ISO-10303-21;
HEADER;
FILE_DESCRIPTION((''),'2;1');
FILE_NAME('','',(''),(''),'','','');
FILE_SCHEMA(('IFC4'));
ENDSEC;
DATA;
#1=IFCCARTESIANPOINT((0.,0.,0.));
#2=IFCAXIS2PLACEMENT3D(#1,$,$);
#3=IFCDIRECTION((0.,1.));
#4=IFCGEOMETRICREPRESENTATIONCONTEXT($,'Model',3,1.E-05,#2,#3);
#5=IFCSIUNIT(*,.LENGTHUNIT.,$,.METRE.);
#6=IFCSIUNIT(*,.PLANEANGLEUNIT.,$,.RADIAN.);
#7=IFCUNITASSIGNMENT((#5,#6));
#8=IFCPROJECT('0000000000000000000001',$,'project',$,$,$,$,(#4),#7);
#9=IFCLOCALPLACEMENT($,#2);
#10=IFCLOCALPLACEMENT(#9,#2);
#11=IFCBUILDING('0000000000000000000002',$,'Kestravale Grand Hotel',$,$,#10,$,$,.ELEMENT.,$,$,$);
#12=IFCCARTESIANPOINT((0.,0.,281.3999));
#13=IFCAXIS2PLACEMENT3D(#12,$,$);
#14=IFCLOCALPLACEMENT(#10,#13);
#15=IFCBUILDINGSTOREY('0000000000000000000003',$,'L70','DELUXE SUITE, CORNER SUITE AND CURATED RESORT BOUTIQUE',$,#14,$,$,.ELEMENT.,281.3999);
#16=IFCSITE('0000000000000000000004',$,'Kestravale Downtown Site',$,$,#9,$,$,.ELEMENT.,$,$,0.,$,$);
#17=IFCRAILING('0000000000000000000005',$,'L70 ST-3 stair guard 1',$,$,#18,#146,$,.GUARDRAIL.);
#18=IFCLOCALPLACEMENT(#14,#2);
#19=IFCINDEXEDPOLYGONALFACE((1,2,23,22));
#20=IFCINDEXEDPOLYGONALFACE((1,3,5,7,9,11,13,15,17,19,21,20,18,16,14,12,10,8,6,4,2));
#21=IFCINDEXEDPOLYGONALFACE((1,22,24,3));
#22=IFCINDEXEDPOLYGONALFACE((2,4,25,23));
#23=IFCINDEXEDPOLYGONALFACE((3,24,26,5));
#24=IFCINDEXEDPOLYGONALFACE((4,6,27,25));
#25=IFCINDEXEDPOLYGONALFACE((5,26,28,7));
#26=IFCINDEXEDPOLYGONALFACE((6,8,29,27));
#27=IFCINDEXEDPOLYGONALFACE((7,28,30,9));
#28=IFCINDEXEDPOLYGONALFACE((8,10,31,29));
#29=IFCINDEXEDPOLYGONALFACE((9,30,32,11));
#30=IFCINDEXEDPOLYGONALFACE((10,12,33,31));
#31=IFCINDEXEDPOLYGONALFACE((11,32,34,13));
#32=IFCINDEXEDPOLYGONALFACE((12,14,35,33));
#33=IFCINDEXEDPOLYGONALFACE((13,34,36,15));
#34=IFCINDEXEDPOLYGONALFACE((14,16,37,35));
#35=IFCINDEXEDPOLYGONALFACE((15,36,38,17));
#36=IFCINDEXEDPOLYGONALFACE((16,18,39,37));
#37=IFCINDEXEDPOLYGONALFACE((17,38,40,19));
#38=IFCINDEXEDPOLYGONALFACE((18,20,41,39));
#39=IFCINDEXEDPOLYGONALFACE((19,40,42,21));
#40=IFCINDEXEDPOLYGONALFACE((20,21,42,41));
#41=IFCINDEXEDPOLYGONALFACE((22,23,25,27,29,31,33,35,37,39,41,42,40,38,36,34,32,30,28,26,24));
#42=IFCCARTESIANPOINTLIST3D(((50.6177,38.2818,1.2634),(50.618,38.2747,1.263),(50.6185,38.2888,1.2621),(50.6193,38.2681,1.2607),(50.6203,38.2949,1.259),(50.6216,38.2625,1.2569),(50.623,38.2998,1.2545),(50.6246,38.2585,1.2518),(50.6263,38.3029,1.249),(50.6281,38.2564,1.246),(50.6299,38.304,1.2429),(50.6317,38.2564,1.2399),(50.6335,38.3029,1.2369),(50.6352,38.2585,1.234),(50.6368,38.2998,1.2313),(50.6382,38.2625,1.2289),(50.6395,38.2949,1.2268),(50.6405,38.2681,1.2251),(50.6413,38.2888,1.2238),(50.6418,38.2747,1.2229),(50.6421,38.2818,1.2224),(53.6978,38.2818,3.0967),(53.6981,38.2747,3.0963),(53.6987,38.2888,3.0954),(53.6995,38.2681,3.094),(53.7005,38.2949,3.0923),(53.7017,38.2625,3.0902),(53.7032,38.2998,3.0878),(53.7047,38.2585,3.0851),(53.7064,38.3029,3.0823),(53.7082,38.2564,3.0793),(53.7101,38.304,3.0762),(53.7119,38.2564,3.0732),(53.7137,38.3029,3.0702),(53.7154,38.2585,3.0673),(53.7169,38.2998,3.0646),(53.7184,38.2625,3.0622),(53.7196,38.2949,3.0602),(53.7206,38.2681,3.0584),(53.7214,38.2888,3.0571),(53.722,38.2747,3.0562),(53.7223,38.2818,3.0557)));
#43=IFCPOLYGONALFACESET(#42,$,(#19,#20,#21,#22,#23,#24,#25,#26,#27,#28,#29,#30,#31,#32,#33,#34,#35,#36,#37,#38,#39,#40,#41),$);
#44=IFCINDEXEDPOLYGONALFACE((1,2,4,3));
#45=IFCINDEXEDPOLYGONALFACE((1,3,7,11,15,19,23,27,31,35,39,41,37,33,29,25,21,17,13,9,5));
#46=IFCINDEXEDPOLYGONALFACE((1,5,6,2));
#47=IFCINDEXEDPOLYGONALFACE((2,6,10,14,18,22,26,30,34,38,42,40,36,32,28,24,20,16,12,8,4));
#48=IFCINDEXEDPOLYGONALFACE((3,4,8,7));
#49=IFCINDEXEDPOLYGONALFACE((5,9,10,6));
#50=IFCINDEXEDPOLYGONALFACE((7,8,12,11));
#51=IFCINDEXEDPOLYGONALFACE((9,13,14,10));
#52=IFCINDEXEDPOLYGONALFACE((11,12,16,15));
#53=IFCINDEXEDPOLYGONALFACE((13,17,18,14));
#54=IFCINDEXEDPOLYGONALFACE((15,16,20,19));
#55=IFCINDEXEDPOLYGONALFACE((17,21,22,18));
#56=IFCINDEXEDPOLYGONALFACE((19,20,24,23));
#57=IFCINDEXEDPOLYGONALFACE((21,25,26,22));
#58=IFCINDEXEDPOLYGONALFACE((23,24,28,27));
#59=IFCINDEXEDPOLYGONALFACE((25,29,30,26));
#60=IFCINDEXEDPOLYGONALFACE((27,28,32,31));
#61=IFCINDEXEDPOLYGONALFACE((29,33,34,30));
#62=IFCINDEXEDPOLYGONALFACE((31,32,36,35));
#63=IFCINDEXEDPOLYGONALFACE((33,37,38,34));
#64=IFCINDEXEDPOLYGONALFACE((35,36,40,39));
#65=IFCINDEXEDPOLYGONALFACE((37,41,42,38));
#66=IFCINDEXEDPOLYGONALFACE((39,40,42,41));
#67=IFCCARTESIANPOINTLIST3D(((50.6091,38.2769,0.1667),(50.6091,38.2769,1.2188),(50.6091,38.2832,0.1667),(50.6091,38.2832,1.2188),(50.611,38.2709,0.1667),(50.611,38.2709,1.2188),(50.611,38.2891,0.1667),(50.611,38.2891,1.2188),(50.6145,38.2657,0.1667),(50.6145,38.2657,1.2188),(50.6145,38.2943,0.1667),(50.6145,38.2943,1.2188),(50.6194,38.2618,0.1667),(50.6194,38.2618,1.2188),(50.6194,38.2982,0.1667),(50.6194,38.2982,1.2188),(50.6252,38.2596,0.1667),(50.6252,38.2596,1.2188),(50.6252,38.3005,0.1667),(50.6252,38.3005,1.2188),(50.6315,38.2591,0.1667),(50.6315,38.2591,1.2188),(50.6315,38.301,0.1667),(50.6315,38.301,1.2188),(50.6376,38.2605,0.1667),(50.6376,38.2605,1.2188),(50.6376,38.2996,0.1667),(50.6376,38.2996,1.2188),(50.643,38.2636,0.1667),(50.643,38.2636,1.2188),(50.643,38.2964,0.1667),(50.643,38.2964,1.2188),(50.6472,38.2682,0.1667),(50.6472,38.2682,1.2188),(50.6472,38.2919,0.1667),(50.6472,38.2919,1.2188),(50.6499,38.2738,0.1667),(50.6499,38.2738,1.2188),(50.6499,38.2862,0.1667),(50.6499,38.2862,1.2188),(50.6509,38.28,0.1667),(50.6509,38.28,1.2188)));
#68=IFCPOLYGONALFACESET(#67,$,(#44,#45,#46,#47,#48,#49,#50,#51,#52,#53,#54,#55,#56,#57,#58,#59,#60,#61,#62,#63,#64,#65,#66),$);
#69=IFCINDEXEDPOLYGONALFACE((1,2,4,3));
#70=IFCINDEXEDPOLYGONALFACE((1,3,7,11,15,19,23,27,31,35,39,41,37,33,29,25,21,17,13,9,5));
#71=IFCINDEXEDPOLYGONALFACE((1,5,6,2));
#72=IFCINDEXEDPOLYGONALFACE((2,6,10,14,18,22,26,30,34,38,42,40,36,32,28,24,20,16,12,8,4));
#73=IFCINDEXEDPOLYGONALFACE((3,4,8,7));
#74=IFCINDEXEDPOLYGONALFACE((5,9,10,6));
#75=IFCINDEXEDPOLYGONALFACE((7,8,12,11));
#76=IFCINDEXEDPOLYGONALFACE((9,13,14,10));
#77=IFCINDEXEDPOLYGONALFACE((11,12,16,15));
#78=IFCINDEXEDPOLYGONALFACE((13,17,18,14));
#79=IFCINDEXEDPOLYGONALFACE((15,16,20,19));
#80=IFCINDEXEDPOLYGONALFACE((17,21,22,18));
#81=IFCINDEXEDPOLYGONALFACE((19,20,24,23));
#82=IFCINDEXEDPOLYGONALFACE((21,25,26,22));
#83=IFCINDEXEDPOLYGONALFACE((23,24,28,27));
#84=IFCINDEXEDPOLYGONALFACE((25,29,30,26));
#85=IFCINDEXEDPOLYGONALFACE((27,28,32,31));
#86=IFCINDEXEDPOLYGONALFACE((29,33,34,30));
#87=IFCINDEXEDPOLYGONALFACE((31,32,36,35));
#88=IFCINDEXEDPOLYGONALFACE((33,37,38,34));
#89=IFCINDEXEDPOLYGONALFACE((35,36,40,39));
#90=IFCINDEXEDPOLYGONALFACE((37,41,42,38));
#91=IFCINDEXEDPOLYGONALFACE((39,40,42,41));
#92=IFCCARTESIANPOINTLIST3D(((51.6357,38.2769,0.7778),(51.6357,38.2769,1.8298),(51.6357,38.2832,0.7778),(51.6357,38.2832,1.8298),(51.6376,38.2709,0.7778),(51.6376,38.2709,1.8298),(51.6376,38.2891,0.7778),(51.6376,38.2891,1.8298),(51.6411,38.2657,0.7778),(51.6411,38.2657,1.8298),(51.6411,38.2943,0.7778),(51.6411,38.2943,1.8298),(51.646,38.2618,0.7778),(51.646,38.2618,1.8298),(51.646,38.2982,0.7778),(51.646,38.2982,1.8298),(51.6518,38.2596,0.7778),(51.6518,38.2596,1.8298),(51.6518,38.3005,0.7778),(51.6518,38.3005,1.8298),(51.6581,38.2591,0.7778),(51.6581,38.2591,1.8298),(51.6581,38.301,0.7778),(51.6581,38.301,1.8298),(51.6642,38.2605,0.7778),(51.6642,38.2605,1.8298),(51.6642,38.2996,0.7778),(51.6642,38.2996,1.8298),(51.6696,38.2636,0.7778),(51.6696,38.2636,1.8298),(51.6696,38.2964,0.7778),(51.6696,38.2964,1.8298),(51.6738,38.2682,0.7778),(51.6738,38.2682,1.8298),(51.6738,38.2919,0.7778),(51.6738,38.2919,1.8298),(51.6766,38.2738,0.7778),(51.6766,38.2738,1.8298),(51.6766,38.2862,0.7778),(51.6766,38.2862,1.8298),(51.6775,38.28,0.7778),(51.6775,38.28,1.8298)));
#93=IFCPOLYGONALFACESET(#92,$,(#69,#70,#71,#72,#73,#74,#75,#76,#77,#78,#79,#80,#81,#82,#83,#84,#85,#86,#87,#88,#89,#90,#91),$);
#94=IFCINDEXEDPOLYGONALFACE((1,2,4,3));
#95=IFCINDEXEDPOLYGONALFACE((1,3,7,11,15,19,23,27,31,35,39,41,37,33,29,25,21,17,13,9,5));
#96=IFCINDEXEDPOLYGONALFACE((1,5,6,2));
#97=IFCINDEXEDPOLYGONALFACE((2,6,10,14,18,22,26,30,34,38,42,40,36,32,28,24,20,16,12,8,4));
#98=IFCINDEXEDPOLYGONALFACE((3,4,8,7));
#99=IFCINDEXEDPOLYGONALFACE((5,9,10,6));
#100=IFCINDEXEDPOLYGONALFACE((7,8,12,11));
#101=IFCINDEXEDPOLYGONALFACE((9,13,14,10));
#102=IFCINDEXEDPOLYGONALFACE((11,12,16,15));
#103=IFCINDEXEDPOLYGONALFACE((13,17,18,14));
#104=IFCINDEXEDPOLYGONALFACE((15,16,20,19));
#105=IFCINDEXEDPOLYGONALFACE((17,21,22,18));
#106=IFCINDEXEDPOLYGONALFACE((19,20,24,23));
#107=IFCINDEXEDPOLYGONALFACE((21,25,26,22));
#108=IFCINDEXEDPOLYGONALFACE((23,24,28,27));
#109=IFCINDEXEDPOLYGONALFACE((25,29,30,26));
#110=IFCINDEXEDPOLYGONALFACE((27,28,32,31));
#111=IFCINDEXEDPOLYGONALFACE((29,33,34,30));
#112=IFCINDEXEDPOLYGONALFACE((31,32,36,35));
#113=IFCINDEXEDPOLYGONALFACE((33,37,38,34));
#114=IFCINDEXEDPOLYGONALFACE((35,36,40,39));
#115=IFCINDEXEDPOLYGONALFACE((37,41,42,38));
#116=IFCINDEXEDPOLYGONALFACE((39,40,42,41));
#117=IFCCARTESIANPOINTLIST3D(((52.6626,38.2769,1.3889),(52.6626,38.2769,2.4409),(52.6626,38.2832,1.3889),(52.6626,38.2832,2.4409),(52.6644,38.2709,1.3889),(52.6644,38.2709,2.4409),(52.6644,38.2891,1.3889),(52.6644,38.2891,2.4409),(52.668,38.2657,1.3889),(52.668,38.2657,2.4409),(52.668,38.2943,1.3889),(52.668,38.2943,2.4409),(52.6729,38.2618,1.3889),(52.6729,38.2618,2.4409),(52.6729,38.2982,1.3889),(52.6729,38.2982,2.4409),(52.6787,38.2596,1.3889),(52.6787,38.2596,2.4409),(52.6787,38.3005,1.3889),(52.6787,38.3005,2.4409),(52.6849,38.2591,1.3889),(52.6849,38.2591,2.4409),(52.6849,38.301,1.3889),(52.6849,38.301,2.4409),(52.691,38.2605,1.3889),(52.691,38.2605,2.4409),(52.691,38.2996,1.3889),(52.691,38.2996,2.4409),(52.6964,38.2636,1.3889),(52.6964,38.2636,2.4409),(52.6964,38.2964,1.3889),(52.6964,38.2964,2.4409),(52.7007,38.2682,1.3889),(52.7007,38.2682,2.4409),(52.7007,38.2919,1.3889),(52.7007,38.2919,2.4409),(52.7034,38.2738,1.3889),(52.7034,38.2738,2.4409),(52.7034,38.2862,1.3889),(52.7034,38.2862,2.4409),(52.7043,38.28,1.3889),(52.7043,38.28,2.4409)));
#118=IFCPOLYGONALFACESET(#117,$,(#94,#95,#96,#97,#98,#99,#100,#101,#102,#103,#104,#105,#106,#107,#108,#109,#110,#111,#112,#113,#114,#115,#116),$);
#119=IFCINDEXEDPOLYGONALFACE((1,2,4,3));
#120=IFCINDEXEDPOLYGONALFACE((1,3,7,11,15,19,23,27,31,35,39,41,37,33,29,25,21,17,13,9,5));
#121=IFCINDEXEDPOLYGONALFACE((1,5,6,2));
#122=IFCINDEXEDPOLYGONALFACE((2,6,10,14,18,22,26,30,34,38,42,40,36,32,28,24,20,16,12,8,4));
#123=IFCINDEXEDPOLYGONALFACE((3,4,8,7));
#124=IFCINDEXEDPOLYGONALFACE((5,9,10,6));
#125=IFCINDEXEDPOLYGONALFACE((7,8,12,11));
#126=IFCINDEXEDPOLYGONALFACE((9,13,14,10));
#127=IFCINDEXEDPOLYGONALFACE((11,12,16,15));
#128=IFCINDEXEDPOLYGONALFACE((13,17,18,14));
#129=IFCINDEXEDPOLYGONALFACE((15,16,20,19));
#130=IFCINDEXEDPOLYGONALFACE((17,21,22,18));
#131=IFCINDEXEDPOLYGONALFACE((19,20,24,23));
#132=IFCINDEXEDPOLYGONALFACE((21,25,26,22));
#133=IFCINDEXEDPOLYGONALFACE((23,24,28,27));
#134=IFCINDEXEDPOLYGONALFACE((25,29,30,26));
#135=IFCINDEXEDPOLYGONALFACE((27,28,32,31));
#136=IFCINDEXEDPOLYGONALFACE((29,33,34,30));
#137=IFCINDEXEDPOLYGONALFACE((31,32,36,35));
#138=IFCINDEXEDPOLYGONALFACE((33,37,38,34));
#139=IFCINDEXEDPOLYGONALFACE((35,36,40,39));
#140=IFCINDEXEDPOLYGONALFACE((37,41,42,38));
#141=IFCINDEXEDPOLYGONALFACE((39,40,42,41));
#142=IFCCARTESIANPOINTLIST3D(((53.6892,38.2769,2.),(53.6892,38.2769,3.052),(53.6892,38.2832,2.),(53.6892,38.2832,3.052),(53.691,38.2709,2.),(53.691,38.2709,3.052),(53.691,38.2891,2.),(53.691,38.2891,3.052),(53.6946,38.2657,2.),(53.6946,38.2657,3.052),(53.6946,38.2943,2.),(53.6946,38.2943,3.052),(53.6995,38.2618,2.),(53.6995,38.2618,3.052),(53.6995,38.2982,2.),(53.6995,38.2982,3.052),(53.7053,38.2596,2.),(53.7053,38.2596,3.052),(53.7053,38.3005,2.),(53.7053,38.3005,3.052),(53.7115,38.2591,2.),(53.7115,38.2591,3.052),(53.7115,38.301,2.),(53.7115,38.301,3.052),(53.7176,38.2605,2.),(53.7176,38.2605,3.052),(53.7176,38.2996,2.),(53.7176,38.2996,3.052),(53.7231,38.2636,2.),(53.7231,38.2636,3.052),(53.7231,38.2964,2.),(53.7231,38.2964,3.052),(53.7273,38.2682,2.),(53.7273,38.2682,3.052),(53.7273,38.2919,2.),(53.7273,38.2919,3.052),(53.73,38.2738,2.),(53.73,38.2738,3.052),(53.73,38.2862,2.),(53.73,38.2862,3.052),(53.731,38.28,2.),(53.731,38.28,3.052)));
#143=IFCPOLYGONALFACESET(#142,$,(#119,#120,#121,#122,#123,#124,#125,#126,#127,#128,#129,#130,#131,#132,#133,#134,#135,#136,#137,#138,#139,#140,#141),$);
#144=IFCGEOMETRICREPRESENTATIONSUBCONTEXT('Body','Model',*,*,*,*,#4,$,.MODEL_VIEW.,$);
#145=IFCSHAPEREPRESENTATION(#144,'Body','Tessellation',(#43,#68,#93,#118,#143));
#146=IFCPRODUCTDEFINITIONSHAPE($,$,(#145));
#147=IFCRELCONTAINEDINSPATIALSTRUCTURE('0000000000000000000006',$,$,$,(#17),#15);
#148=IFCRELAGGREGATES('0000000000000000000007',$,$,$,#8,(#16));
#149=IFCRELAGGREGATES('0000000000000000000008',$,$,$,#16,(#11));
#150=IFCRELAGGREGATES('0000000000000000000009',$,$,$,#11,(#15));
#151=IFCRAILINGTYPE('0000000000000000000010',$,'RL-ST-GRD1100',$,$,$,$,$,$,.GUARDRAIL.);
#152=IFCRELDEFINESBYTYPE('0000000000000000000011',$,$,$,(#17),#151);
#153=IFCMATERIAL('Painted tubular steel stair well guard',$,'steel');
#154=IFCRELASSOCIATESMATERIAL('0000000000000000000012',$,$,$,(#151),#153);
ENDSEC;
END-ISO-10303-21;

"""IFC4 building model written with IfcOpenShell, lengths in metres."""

from ifc_helpers import new_model, si_unit, direction, frame, origin, origin_2d, place, context, subcontext, project, spatial, circle, extrude, material, type_object, element, save


model = new_model("IFC4")

# Units and contexts
model_context = context("Model", 3, precision=1e-05, world=origin(), true_north=direction((0.0, 1.0)))
body_context = subcontext(model_context, "Body", "Model", "MODEL_VIEW")
ifc_project = project(units=[si_unit("LENGTHUNIT", "METRE"), si_unit("PLANEANGLEUNIT", "RADIAN")], contexts=[model_context])

# Site, building, storey
site_placement = place(None, origin())
site = spatial("IfcSite", under=ifc_project, at=site_placement, Name="Kestravale Downtown Site", CompositionType="ELEMENT", RefElevation=0.0)
building_placement = place(site_placement, origin())
building = spatial("IfcBuilding", under=site, at=building_placement, Name="Kestravale Grand Hotel", CompositionType="ELEMENT")
storey_placement = place(building_placement, frame((0.0, 0.0, 281.3999)))
storey = spatial("IfcBuildingStorey", under=building, at=storey_placement, Name="L70", Description="DELUXE SUITE, CORNER SUITE AND CURATED RESORT BOUTIQUE", CompositionType="ELEMENT", Elevation=281.3999)

# Railing
ifc_material_1 = material(Name="Painted tubular steel stair well guard", Category="steel")
railing_type_1 = type_object("IfcRailingType", Name="RL-ST-GRD1100", PredefinedType="GUARDRAIL", material=ifc_material_1)
railing_1_placement = place(storey_placement, frame((50.6299, 38.28, 0.1667)))
element("IfcRailing", 1, at=railing_1_placement, inside=storey, type_object=railing_type_1, Name="L70 ST-3 stair guard 1", PredefinedType="GUARDRAIL", context=body_context, shape_type="SweptSolid", body=[
    extrude(circle(Radius=0.0239, at=origin_2d()), frame((0.0, 0.0, 1.0762), z_axis=(0.859309, 0.0, 0.511458), x_axis=(0.0, 1.0, 0.0)), (0.0, 0.0, 1.0), 3.5845),
    extrude(circle(Radius=0.021, at=origin_2d()), origin(), (0.0, 0.0, 1.0), 1.052),
    extrude(circle(Radius=0.021, at=origin_2d()), frame((1.0266, 0.0, 0.6111)), (0.0, 0.0, 1.0), 1.052),
    extrude(circle(Radius=0.021, at=origin_2d()), frame((2.0535, 0.0, 1.2222)), (0.0, 0.0, 1.0), 1.052),
    extrude(circle(Radius=0.021, at=origin_2d()), frame((3.0801, 0.0, 1.8333)), (0.0, 0.0, 1.0), 1.052),
])

save(model, "model.ifc")
